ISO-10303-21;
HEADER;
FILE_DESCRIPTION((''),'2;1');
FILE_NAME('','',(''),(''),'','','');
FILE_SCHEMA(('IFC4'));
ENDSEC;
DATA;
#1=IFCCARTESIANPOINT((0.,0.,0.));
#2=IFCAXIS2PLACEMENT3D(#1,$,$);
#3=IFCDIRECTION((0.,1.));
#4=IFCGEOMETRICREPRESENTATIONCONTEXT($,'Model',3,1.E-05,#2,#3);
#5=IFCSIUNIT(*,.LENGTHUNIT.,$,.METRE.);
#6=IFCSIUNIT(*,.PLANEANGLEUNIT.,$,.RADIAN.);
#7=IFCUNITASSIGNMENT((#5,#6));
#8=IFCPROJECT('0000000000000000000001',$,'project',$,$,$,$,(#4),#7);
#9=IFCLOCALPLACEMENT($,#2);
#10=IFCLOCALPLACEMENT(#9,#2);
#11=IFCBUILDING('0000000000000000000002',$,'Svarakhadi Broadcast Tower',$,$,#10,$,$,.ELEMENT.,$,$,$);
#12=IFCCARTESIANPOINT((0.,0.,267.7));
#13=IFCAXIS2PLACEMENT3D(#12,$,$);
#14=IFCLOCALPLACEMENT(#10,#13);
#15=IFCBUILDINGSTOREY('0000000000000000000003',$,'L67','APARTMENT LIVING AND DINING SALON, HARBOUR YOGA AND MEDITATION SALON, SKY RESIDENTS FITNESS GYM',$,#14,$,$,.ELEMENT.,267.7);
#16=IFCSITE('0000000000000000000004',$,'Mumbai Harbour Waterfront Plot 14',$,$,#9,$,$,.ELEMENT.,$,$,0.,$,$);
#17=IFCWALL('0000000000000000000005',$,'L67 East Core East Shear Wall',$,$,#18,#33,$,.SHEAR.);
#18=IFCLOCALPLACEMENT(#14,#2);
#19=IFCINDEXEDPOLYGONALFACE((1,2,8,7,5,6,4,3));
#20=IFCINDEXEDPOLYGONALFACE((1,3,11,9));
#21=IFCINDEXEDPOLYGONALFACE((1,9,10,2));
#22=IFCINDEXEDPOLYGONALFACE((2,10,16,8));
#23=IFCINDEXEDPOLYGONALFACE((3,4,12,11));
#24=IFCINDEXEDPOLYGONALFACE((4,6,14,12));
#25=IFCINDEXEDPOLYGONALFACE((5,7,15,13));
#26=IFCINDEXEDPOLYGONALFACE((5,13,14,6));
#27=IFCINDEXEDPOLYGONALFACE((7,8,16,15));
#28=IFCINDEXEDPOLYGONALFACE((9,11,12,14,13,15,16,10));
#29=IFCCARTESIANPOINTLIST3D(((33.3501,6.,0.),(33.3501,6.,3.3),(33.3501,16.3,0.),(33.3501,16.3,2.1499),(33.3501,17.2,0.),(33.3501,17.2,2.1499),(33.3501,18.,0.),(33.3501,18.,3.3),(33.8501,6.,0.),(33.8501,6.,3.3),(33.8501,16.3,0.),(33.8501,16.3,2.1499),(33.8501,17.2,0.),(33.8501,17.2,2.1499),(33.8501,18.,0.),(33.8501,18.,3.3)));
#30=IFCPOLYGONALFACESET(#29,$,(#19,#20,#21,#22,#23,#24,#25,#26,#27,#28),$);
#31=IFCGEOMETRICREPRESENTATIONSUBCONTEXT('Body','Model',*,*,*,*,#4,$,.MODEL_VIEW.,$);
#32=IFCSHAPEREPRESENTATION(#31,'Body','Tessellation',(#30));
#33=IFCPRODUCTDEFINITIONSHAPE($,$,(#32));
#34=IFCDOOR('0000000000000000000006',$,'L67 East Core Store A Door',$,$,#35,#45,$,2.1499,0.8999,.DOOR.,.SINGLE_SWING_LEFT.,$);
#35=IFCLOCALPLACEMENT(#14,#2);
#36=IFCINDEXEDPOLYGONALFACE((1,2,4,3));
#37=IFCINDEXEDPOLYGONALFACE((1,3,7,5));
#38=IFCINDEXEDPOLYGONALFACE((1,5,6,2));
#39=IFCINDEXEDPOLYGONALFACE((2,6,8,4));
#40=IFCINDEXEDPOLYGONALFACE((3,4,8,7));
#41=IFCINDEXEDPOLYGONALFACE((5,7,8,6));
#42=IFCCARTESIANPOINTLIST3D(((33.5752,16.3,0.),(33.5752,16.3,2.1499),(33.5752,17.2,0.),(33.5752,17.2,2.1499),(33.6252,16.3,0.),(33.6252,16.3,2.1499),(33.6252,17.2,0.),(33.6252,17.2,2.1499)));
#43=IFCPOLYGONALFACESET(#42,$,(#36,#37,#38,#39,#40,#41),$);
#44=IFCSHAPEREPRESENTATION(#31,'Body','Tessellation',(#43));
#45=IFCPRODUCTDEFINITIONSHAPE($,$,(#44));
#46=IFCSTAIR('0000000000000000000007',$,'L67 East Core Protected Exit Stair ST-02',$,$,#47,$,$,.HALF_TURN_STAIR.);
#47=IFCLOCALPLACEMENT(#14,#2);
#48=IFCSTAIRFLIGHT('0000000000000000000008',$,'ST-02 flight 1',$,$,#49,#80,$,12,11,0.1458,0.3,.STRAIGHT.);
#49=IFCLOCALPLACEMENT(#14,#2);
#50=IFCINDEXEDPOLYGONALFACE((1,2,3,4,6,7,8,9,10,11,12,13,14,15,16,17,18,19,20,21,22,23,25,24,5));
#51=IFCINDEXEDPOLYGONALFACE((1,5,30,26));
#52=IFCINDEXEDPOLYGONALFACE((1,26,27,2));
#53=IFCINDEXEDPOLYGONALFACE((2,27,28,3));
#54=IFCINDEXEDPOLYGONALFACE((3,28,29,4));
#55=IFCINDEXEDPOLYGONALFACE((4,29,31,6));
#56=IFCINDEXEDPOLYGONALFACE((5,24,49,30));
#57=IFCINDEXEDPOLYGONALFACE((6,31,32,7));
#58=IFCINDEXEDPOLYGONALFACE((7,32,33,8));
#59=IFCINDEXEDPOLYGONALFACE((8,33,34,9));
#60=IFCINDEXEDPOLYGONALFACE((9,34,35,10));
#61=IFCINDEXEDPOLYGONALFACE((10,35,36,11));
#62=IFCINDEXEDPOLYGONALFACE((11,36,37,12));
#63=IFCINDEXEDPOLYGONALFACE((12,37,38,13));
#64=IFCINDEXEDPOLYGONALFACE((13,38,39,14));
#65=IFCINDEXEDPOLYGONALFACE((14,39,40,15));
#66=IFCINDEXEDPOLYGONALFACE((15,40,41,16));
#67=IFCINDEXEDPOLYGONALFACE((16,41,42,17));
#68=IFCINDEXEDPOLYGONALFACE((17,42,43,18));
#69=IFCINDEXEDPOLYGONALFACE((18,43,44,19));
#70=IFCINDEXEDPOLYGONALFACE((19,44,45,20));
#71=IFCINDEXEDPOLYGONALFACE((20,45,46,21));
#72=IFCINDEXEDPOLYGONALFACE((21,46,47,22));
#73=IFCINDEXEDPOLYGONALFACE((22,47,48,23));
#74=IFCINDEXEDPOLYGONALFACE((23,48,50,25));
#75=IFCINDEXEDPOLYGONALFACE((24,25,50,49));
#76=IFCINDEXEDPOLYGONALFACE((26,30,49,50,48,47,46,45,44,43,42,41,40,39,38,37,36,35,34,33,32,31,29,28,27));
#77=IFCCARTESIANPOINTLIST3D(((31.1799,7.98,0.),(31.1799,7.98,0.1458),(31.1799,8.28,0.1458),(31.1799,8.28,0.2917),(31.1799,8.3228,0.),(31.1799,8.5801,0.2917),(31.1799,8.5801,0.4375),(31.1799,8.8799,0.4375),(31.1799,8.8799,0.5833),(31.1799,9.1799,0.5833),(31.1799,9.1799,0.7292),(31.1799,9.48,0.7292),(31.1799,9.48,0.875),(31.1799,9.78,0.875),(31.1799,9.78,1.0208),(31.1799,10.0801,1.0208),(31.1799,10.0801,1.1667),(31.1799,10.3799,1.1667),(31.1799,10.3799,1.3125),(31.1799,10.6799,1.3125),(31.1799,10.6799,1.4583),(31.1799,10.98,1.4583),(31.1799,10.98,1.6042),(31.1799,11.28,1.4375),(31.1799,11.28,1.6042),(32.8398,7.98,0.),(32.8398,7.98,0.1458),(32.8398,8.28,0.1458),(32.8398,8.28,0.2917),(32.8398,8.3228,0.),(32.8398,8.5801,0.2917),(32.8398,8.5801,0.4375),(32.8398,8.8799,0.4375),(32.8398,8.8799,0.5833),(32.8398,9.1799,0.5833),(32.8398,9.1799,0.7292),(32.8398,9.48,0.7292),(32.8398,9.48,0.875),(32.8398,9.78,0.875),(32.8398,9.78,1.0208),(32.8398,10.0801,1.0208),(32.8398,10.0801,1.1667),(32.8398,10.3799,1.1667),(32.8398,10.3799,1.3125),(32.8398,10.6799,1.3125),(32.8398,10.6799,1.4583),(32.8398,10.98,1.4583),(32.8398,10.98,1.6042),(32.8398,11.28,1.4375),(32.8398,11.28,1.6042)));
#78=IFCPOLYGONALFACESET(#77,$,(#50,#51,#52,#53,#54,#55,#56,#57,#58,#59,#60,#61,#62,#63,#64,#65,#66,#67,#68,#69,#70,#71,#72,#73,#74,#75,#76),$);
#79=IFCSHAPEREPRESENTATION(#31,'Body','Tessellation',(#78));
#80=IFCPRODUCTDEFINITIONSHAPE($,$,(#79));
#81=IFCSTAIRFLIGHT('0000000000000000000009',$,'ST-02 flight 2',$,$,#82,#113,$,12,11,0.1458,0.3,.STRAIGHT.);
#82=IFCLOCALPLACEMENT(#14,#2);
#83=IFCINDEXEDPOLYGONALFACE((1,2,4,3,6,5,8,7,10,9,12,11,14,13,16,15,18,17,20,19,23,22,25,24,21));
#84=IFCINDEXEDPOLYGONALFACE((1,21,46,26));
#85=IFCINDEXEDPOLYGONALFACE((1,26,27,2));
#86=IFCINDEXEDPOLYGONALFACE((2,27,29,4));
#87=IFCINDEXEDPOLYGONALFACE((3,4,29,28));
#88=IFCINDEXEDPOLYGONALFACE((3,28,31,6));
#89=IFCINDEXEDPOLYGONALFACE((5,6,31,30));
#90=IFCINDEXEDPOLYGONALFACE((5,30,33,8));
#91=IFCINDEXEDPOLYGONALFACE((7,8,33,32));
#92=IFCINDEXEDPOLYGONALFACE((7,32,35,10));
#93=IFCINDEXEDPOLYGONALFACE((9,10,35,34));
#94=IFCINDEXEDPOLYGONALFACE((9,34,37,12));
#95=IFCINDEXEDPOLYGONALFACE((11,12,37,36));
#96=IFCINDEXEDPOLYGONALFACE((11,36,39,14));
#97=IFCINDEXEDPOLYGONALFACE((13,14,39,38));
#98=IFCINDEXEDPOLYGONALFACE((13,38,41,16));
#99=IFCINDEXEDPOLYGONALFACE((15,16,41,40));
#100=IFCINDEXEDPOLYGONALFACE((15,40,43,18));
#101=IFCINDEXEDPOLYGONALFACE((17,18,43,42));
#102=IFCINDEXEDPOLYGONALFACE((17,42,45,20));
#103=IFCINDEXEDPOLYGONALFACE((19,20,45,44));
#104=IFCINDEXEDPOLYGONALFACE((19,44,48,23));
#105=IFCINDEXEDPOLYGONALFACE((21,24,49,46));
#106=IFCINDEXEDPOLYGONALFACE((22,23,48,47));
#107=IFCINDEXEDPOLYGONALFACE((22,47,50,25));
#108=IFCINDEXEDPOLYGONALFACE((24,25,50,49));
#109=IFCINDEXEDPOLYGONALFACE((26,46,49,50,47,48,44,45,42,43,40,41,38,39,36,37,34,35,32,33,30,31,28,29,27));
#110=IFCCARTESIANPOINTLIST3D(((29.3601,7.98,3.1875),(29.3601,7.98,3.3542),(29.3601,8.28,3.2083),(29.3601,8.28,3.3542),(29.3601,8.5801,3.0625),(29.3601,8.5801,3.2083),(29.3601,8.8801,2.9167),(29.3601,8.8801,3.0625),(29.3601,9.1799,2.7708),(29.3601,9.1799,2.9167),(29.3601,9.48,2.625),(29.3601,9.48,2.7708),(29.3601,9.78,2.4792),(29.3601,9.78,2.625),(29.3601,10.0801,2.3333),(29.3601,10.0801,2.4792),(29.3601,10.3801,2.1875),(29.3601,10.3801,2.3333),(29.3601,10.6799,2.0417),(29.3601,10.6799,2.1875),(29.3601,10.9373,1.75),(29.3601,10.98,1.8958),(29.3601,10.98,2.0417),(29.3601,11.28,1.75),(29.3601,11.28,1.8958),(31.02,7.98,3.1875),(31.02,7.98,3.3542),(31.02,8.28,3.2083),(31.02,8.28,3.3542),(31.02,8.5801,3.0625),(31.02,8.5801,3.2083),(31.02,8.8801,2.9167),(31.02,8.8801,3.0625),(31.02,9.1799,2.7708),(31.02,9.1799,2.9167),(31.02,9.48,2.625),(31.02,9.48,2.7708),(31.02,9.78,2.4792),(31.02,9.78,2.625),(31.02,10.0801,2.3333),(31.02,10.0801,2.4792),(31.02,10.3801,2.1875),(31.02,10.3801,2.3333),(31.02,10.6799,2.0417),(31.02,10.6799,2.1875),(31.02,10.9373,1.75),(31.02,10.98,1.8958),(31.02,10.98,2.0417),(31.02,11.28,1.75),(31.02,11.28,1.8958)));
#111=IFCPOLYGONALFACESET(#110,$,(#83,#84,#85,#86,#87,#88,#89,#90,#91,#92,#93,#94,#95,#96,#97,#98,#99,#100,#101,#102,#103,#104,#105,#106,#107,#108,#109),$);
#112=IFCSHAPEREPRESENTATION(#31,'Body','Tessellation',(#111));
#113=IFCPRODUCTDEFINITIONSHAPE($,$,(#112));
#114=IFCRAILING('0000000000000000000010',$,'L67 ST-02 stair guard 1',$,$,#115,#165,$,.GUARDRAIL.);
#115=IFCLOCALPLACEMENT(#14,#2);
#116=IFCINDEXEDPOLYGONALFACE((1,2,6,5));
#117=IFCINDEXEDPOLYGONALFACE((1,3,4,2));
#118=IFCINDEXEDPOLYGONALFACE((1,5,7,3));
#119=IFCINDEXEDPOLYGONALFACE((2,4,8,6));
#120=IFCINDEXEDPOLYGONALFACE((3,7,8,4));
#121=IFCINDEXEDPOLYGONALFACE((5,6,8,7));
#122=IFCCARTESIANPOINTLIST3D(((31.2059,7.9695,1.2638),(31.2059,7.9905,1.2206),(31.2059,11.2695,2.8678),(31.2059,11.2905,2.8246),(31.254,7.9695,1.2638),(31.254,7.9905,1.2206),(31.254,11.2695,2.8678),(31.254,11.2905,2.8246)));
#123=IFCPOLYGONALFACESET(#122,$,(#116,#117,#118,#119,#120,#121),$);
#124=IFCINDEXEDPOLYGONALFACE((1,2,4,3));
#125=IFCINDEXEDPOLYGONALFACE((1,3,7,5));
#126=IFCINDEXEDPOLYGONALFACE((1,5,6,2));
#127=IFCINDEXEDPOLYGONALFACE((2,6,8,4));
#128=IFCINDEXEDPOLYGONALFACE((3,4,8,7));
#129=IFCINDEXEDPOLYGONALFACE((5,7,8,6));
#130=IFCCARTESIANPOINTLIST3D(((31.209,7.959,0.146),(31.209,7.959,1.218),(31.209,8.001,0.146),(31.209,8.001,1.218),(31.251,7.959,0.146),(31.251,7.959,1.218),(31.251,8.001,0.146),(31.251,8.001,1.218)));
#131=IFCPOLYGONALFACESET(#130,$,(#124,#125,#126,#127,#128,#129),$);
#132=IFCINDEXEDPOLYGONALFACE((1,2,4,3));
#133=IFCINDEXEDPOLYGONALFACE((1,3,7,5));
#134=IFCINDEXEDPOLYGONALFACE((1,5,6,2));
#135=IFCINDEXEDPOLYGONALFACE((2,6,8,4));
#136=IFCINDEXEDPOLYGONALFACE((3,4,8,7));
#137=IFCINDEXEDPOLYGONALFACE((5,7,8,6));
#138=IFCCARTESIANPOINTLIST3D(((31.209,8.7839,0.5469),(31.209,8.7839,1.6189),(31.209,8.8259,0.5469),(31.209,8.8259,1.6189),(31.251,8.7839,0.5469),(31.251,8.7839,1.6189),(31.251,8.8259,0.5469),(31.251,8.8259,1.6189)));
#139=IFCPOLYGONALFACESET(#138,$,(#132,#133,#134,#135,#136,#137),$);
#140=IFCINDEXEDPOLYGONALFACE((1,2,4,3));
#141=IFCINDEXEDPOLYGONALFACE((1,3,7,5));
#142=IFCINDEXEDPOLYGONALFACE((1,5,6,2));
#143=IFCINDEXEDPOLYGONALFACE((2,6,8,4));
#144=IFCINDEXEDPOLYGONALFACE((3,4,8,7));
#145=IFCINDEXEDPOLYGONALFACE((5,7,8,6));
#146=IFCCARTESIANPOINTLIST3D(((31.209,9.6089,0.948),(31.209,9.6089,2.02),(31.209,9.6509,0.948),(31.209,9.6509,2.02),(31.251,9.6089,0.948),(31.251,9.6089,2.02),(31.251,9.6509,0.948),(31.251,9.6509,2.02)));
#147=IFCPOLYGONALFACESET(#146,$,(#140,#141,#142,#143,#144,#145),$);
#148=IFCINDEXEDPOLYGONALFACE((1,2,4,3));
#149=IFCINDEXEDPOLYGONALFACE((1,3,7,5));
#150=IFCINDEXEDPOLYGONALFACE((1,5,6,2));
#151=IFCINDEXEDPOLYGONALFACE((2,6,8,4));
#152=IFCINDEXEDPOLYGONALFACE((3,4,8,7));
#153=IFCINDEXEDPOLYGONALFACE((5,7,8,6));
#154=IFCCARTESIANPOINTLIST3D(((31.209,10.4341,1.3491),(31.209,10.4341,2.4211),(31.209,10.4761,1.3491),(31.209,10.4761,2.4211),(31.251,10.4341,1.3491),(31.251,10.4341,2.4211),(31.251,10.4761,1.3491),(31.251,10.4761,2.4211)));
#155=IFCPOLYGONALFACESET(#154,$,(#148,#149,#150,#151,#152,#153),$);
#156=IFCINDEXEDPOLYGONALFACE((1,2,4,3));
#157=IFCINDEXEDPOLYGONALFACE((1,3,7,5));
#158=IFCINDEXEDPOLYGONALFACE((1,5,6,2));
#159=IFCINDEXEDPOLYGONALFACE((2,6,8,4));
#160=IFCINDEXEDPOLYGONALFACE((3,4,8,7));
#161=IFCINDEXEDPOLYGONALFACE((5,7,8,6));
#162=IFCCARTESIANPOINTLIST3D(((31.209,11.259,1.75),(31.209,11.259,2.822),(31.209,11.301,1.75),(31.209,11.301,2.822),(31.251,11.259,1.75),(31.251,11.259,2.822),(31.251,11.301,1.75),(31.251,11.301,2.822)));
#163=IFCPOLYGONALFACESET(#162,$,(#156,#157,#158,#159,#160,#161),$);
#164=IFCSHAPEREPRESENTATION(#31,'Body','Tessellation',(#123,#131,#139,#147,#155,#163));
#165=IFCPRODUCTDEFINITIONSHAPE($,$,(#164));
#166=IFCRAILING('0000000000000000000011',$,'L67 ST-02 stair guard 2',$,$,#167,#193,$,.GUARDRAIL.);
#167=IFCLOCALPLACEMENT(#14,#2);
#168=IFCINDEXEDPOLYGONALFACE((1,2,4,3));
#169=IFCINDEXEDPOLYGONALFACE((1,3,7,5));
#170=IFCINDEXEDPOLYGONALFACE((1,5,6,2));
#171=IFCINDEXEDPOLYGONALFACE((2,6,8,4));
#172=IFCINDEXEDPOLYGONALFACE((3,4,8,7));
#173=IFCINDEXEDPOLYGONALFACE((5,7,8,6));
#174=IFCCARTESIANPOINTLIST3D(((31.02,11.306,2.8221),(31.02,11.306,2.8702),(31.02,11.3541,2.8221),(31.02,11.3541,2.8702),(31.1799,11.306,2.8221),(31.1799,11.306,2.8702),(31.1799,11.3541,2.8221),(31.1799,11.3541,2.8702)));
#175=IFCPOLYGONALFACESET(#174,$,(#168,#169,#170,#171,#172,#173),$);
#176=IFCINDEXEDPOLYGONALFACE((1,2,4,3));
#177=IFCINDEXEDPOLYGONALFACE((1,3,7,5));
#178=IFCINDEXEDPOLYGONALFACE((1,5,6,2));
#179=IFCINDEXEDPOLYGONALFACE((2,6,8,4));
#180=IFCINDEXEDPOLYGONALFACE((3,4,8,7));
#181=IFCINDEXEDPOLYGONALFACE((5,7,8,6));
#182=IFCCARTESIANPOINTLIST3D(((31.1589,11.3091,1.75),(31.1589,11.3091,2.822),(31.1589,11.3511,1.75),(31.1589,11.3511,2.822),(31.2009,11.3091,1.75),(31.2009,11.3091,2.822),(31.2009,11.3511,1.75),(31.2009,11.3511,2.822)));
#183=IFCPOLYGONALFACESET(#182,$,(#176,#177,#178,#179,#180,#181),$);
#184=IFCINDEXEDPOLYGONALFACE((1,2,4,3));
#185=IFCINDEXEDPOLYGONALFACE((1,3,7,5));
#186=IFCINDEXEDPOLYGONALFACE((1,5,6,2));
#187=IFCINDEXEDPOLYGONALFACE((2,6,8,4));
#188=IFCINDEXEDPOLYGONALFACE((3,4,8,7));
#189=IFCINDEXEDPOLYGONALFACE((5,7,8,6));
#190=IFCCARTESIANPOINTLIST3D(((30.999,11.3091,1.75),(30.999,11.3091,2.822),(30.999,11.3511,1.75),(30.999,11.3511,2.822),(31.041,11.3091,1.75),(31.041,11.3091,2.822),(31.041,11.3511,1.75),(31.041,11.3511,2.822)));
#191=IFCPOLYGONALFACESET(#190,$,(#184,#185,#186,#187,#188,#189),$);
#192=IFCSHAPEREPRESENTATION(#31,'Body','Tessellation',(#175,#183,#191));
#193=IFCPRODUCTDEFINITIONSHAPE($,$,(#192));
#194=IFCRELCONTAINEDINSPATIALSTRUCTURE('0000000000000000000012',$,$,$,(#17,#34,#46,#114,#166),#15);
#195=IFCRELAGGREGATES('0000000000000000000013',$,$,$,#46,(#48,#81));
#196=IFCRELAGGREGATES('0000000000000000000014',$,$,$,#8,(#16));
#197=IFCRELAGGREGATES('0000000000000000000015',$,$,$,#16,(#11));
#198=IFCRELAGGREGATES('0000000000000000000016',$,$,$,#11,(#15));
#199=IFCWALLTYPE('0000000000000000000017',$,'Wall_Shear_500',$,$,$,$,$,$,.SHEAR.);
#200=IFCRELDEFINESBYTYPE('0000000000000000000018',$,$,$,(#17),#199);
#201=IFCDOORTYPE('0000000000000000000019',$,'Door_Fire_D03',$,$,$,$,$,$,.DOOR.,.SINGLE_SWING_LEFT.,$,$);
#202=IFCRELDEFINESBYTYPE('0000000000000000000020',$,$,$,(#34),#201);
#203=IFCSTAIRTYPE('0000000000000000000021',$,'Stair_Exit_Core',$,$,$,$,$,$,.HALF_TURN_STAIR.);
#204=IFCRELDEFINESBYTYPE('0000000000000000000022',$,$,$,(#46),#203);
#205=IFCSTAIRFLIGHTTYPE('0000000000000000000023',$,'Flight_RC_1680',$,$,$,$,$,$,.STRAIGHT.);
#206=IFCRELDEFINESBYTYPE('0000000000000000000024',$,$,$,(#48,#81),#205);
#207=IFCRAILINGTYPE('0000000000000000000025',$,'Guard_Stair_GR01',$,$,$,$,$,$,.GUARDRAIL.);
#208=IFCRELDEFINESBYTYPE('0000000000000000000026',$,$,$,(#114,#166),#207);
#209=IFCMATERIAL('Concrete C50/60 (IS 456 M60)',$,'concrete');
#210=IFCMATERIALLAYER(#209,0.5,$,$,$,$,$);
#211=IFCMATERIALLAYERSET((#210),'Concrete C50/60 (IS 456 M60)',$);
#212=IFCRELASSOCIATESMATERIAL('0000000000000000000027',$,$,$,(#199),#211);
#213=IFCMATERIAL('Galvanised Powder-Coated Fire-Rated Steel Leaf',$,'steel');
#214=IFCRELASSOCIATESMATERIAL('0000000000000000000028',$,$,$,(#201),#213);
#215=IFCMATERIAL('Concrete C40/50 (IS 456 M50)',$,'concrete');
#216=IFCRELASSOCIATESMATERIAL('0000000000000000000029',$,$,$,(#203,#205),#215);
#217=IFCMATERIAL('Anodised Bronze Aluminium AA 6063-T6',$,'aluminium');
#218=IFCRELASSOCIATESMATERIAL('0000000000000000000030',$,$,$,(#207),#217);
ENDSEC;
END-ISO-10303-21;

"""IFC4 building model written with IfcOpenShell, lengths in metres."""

from ifc_helpers import new_model, si_unit, direction, frame, frame_2d, origin, origin_2d, place, context, subcontext, project, spatial, polyline, rectangle, outline, extrude, material, layer, layer_set, type_object, element, fill, aggregate, save


model = new_model("IFC4")

# Units and contexts
model_context = context("Model", 3, precision=1e-05, world=origin(), true_north=direction((0.0, 1.0)))
body_context = subcontext(model_context, "Body", "Model", "MODEL_VIEW")
ifc_project = project(units=[si_unit("LENGTHUNIT", "METRE"), si_unit("PLANEANGLEUNIT", "RADIAN")], contexts=[model_context])

# Site, building, storey
site_placement = place(None, origin())
site = spatial("IfcSite", under=ifc_project, at=site_placement, Name="Mumbai Harbour Waterfront Plot 14", CompositionType="ELEMENT", RefElevation=0.0)
building_placement = place(site_placement, origin())
building = spatial("IfcBuilding", under=site, at=building_placement, Name="Svarakhadi Broadcast Tower", CompositionType="ELEMENT")
storey_placement = place(building_placement, frame((0.0, 0.0, 267.7)))
storey = spatial("IfcBuildingStorey", under=building, at=storey_placement, Name="L67", Description="APARTMENT LIVING AND DINING SALON, HARBOUR YOGA AND MEDITATION SALON, SKY RESIDENTS FITNESS GYM", CompositionType="ELEMENT", Elevation=267.7)

# Shared definitions
ifc_material_1 = material(Name="Anodised Bronze Aluminium AA 6063-T6", Category="aluminium")

# Shared definitions
ifc_material_2 = material(Name="Concrete C50/60 (IS 456 M60)", Category="concrete")

# Shared definitions
ifc_material_3 = material(Name="Concrete C40/50 (IS 456 M50)", Category="concrete")

# Shared definitions
ifc_material_4 = material(Name="Galvanised Powder-Coated Fire-Rated Steel Leaf", Category="steel")

# Wall, opening, door
ifc_layer_1 = layer(ifc_material_2, 0.5)
ifc_layer_set_1 = layer_set([ifc_layer_1], Name="Concrete C50/60 (IS 456 M60)")
wall_type_1 = type_object("IfcWallType", Name="Wall_Shear_500", PredefinedType="SHEAR", material=ifc_layer_set_1)
wall_1_placement = place(storey_placement, frame((33.6001, 6.0, 0.0), z_axis=(0.0, 0.0, 1.0), x_axis=(0.0, 1.0, 0.0)))
wall_1 = element("IfcWall", 1, at=wall_1_placement, inside=storey, type_object=wall_type_1, Name="L67 East Core East Shear Wall", PredefinedType="SHEAR", context=body_context, shape_type="SweptSolid", body=[
    extrude(rectangle(XDim=12.0, YDim=0.5, at=frame_2d((6.0, 0.0))), origin(), (0.0, 0.0, 1.0), 3.3),
])
opening_1_placement = place(wall_1_placement, frame((10.3, 0.0, 0.0)))
opening_1 = element("IfcOpeningElement", 2, at=opening_1_placement, cuts=wall_1, PredefinedType="OPENING", context=body_context, shape_type="SweptSolid", body=[
    extrude(rectangle(XDim=0.8999, YDim=2.1499, at=frame_2d((0.45, 1.075))), frame((0.0, 0.26, 0.0), z_axis=(0.0, -1.0, 0.0), x_axis=(1.0, 0.0, 0.0)), (0.0, 0.0, 1.0), 0.52),
])
door_type_1 = type_object("IfcDoorType", Name="Door_Fire_D03", OperationType="SINGLE_SWING_LEFT", PredefinedType="DOOR", material=ifc_material_4)
door_1_placement = place(opening_1_placement, origin())
door_1 = element("IfcDoor", 3, at=door_1_placement, inside=storey, type_object=door_type_1, Name="L67 East Core Store A Door", OperationType="SINGLE_SWING_LEFT", OverallHeight=2.1499, OverallWidth=0.8999, PredefinedType="DOOR", context=body_context, shape_type="SweptSolid", body=[
    extrude(rectangle(XDim=0.8999, YDim=2.1499, at=frame_2d((0.45, 1.075))), frame((0.0, 0.0249, 0.0), z_axis=(0.0, -1.0, 0.0), x_axis=(1.0, 0.0, 0.0)), (0.0, 0.0, 1.0), 0.05),
])
fill(opening_1, door_1)

# Stair, stair flights
stair_type = type_object("IfcStairType", Name="Stair_Exit_Core", PredefinedType="HALF_TURN_STAIR", material=ifc_material_3)
stair_placement = place(storey_placement, origin())
stair = element("IfcStair", 4, at=stair_placement, inside=storey, type_object=stair_type, Name="L67 East Core Protected Exit Stair ST-02", PredefinedType="HALF_TURN_STAIR")
stair_flight_type = type_object("IfcStairFlightType", Name="Flight_RC_1680", PredefinedType="STRAIGHT", material=ifc_material_3)
stair_flight_1_placement = place(storey_placement, frame((32.01, 7.98, 0.0), z_axis=(0.0, 0.0, 1.0), x_axis=(0.0, 1.0, 0.0)))
stair_flight_1 = element("IfcStairFlight", 5, at=stair_flight_1_placement, type_object=stair_flight_type, Name="ST-02 flight 1", NumberOfRisers=12, NumberOfTreads=11, PredefinedType="STRAIGHT", RiserHeight=0.1458, TreadLength=0.3, context=body_context, shape_type="SweptSolid", body=[
    extrude(outline(polyline([(0.0, 0.0), (0.0, 0.1458), (0.3, 0.1458), (0.3, 0.2917), (0.6001, 0.2917), (0.6001, 0.4375), (0.8999, 0.4375), (0.8999, 0.5833), (1.2, 0.5833), (1.2, 0.7292), (1.5, 0.7292), (1.5, 0.875), (1.8, 0.875), (1.8, 1.0208), (2.1001, 1.0208), (2.1001, 1.1667), (2.3999, 1.1667), (2.3999, 1.3125), (2.7, 1.3125), (2.7, 1.4583), (3.0, 1.4583), (3.0, 1.6042), (3.3, 1.6042), (3.3, 1.75), (3.3, 1.4375), (0.3428, 0.0), (0.0, 0.0)])), frame((0.0, 0.8301, 0.0), z_axis=(0.0, -1.0, 0.0), x_axis=(1.0, 0.0, 0.0)), (0.0, 0.0, 1.0), 1.6599),
])
stair_flight_2_placement = place(storey_placement, frame((30.1899, 11.28, 1.75), z_axis=(0.0, 0.0, 1.0), x_axis=(0.0, -1.0, 0.0)))
stair_flight_2 = element("IfcStairFlight", 6, at=stair_flight_2_placement, type_object=stair_flight_type, Name="ST-02 flight 2", NumberOfRisers=12, NumberOfTreads=11, PredefinedType="STRAIGHT", RiserHeight=0.1458, TreadLength=0.3, context=body_context, shape_type="SweptSolid", body=[
    extrude(outline(polyline([(0.0, 0.0), (0.0, 0.1458), (0.3, 0.1458), (0.3, 0.2917), (0.6001, 0.2917), (0.6001, 0.4375), (0.8999, 0.4375), (0.8999, 0.5833), (1.2, 0.5833), (1.2, 0.7292), (1.5, 0.7292), (1.5, 0.875), (1.8, 0.875), (1.8, 1.0208), (2.1001, 1.0208), (2.1001, 1.1667), (2.3999, 1.1667), (2.3999, 1.3125), (2.7, 1.3125), (2.7, 1.4583), (3.0, 1.4583), (3.0, 1.6042), (3.3, 1.6042), (3.3, 1.75), (3.3, 1.4375), (0.3428, 0.0), (0.0, 0.0)])), frame((0.0, 0.8301, 0.0), z_axis=(0.0, -1.0, 0.0), x_axis=(1.0, 0.0, 0.0)), (0.0, 0.0, 1.0), 1.6599),
])
aggregate(stair, [stair_flight_1, stair_flight_2])

# Railings
railing_type_1 = type_object("IfcRailingType", Name="Guard_Stair_GR01", PredefinedType="GUARDRAIL", material=ifc_material_1)
railing_1_placement = place(storey_placement, frame((31.23, 7.98, 0.146)))
element("IfcRailing", 7, at=railing_1_placement, inside=storey, type_object=railing_type_1, Name="L67 ST-02 stair guard 1", PredefinedType="GUARDRAIL", context=body_context, shape_type="SweptSolid", body=[
    extrude(rectangle(XDim=0.0481, YDim=0.0481, at=origin_2d()), frame((0.0, 0.0, 1.0962), z_axis=(0.0, 0.899388, 0.437152), x_axis=(-1.0, 0.0, 0.0)), (0.0, 0.0, 1.0), 3.6692),
    extrude(rectangle(XDim=0.042, YDim=0.042, at=origin_2d()), origin(), (0.0, 0.0, 1.0), 1.072),
    extrude(rectangle(XDim=0.042, YDim=0.042, at=origin_2d()), frame((0.0, 0.825, 0.4009)), (0.0, 0.0, 1.0), 1.072),
    extrude(rectangle(XDim=0.042, YDim=0.042, at=origin_2d()), frame((0.0, 1.6499, 0.802)), (0.0, 0.0, 1.0), 1.072),
    extrude(rectangle(XDim=0.042, YDim=0.042, at=origin_2d()), frame((0.0, 2.4751, 1.2031)), (0.0, 0.0, 1.0), 1.072),
    extrude(rectangle(XDim=0.042, YDim=0.042, at=origin_2d()), frame((0.0, 3.3, 1.604)), (0.0, 0.0, 1.0), 1.072),
])
railing_2_placement = place(storey_placement, frame((31.1799, 11.3301, 1.75)))
element("IfcRailing", 8, at=railing_2_placement, inside=storey, type_object=railing_type_1, Name="L67 ST-02 stair guard 2", PredefinedType="GUARDRAIL", context=body_context, shape_type="SweptSolid", body=[
    extrude(rectangle(XDim=0.0481, YDim=0.0481, at=origin_2d()), frame((0.0, 0.0, 1.0962), z_axis=(-1.0, 0.0, 0.0), x_axis=(0.0, -1.0, 0.0)), (0.0, 0.0, 1.0), 0.1599),
    extrude(rectangle(XDim=0.042, YDim=0.042, at=origin_2d()), origin(), (0.0, 0.0, 1.0), 1.072),
    extrude(rectangle(XDim=0.042, YDim=0.042, at=origin_2d()), frame((-0.1599, 0.0, 0.0)), (0.0, 0.0, 1.0), 1.072),
])

save(model, "model.ifc")
